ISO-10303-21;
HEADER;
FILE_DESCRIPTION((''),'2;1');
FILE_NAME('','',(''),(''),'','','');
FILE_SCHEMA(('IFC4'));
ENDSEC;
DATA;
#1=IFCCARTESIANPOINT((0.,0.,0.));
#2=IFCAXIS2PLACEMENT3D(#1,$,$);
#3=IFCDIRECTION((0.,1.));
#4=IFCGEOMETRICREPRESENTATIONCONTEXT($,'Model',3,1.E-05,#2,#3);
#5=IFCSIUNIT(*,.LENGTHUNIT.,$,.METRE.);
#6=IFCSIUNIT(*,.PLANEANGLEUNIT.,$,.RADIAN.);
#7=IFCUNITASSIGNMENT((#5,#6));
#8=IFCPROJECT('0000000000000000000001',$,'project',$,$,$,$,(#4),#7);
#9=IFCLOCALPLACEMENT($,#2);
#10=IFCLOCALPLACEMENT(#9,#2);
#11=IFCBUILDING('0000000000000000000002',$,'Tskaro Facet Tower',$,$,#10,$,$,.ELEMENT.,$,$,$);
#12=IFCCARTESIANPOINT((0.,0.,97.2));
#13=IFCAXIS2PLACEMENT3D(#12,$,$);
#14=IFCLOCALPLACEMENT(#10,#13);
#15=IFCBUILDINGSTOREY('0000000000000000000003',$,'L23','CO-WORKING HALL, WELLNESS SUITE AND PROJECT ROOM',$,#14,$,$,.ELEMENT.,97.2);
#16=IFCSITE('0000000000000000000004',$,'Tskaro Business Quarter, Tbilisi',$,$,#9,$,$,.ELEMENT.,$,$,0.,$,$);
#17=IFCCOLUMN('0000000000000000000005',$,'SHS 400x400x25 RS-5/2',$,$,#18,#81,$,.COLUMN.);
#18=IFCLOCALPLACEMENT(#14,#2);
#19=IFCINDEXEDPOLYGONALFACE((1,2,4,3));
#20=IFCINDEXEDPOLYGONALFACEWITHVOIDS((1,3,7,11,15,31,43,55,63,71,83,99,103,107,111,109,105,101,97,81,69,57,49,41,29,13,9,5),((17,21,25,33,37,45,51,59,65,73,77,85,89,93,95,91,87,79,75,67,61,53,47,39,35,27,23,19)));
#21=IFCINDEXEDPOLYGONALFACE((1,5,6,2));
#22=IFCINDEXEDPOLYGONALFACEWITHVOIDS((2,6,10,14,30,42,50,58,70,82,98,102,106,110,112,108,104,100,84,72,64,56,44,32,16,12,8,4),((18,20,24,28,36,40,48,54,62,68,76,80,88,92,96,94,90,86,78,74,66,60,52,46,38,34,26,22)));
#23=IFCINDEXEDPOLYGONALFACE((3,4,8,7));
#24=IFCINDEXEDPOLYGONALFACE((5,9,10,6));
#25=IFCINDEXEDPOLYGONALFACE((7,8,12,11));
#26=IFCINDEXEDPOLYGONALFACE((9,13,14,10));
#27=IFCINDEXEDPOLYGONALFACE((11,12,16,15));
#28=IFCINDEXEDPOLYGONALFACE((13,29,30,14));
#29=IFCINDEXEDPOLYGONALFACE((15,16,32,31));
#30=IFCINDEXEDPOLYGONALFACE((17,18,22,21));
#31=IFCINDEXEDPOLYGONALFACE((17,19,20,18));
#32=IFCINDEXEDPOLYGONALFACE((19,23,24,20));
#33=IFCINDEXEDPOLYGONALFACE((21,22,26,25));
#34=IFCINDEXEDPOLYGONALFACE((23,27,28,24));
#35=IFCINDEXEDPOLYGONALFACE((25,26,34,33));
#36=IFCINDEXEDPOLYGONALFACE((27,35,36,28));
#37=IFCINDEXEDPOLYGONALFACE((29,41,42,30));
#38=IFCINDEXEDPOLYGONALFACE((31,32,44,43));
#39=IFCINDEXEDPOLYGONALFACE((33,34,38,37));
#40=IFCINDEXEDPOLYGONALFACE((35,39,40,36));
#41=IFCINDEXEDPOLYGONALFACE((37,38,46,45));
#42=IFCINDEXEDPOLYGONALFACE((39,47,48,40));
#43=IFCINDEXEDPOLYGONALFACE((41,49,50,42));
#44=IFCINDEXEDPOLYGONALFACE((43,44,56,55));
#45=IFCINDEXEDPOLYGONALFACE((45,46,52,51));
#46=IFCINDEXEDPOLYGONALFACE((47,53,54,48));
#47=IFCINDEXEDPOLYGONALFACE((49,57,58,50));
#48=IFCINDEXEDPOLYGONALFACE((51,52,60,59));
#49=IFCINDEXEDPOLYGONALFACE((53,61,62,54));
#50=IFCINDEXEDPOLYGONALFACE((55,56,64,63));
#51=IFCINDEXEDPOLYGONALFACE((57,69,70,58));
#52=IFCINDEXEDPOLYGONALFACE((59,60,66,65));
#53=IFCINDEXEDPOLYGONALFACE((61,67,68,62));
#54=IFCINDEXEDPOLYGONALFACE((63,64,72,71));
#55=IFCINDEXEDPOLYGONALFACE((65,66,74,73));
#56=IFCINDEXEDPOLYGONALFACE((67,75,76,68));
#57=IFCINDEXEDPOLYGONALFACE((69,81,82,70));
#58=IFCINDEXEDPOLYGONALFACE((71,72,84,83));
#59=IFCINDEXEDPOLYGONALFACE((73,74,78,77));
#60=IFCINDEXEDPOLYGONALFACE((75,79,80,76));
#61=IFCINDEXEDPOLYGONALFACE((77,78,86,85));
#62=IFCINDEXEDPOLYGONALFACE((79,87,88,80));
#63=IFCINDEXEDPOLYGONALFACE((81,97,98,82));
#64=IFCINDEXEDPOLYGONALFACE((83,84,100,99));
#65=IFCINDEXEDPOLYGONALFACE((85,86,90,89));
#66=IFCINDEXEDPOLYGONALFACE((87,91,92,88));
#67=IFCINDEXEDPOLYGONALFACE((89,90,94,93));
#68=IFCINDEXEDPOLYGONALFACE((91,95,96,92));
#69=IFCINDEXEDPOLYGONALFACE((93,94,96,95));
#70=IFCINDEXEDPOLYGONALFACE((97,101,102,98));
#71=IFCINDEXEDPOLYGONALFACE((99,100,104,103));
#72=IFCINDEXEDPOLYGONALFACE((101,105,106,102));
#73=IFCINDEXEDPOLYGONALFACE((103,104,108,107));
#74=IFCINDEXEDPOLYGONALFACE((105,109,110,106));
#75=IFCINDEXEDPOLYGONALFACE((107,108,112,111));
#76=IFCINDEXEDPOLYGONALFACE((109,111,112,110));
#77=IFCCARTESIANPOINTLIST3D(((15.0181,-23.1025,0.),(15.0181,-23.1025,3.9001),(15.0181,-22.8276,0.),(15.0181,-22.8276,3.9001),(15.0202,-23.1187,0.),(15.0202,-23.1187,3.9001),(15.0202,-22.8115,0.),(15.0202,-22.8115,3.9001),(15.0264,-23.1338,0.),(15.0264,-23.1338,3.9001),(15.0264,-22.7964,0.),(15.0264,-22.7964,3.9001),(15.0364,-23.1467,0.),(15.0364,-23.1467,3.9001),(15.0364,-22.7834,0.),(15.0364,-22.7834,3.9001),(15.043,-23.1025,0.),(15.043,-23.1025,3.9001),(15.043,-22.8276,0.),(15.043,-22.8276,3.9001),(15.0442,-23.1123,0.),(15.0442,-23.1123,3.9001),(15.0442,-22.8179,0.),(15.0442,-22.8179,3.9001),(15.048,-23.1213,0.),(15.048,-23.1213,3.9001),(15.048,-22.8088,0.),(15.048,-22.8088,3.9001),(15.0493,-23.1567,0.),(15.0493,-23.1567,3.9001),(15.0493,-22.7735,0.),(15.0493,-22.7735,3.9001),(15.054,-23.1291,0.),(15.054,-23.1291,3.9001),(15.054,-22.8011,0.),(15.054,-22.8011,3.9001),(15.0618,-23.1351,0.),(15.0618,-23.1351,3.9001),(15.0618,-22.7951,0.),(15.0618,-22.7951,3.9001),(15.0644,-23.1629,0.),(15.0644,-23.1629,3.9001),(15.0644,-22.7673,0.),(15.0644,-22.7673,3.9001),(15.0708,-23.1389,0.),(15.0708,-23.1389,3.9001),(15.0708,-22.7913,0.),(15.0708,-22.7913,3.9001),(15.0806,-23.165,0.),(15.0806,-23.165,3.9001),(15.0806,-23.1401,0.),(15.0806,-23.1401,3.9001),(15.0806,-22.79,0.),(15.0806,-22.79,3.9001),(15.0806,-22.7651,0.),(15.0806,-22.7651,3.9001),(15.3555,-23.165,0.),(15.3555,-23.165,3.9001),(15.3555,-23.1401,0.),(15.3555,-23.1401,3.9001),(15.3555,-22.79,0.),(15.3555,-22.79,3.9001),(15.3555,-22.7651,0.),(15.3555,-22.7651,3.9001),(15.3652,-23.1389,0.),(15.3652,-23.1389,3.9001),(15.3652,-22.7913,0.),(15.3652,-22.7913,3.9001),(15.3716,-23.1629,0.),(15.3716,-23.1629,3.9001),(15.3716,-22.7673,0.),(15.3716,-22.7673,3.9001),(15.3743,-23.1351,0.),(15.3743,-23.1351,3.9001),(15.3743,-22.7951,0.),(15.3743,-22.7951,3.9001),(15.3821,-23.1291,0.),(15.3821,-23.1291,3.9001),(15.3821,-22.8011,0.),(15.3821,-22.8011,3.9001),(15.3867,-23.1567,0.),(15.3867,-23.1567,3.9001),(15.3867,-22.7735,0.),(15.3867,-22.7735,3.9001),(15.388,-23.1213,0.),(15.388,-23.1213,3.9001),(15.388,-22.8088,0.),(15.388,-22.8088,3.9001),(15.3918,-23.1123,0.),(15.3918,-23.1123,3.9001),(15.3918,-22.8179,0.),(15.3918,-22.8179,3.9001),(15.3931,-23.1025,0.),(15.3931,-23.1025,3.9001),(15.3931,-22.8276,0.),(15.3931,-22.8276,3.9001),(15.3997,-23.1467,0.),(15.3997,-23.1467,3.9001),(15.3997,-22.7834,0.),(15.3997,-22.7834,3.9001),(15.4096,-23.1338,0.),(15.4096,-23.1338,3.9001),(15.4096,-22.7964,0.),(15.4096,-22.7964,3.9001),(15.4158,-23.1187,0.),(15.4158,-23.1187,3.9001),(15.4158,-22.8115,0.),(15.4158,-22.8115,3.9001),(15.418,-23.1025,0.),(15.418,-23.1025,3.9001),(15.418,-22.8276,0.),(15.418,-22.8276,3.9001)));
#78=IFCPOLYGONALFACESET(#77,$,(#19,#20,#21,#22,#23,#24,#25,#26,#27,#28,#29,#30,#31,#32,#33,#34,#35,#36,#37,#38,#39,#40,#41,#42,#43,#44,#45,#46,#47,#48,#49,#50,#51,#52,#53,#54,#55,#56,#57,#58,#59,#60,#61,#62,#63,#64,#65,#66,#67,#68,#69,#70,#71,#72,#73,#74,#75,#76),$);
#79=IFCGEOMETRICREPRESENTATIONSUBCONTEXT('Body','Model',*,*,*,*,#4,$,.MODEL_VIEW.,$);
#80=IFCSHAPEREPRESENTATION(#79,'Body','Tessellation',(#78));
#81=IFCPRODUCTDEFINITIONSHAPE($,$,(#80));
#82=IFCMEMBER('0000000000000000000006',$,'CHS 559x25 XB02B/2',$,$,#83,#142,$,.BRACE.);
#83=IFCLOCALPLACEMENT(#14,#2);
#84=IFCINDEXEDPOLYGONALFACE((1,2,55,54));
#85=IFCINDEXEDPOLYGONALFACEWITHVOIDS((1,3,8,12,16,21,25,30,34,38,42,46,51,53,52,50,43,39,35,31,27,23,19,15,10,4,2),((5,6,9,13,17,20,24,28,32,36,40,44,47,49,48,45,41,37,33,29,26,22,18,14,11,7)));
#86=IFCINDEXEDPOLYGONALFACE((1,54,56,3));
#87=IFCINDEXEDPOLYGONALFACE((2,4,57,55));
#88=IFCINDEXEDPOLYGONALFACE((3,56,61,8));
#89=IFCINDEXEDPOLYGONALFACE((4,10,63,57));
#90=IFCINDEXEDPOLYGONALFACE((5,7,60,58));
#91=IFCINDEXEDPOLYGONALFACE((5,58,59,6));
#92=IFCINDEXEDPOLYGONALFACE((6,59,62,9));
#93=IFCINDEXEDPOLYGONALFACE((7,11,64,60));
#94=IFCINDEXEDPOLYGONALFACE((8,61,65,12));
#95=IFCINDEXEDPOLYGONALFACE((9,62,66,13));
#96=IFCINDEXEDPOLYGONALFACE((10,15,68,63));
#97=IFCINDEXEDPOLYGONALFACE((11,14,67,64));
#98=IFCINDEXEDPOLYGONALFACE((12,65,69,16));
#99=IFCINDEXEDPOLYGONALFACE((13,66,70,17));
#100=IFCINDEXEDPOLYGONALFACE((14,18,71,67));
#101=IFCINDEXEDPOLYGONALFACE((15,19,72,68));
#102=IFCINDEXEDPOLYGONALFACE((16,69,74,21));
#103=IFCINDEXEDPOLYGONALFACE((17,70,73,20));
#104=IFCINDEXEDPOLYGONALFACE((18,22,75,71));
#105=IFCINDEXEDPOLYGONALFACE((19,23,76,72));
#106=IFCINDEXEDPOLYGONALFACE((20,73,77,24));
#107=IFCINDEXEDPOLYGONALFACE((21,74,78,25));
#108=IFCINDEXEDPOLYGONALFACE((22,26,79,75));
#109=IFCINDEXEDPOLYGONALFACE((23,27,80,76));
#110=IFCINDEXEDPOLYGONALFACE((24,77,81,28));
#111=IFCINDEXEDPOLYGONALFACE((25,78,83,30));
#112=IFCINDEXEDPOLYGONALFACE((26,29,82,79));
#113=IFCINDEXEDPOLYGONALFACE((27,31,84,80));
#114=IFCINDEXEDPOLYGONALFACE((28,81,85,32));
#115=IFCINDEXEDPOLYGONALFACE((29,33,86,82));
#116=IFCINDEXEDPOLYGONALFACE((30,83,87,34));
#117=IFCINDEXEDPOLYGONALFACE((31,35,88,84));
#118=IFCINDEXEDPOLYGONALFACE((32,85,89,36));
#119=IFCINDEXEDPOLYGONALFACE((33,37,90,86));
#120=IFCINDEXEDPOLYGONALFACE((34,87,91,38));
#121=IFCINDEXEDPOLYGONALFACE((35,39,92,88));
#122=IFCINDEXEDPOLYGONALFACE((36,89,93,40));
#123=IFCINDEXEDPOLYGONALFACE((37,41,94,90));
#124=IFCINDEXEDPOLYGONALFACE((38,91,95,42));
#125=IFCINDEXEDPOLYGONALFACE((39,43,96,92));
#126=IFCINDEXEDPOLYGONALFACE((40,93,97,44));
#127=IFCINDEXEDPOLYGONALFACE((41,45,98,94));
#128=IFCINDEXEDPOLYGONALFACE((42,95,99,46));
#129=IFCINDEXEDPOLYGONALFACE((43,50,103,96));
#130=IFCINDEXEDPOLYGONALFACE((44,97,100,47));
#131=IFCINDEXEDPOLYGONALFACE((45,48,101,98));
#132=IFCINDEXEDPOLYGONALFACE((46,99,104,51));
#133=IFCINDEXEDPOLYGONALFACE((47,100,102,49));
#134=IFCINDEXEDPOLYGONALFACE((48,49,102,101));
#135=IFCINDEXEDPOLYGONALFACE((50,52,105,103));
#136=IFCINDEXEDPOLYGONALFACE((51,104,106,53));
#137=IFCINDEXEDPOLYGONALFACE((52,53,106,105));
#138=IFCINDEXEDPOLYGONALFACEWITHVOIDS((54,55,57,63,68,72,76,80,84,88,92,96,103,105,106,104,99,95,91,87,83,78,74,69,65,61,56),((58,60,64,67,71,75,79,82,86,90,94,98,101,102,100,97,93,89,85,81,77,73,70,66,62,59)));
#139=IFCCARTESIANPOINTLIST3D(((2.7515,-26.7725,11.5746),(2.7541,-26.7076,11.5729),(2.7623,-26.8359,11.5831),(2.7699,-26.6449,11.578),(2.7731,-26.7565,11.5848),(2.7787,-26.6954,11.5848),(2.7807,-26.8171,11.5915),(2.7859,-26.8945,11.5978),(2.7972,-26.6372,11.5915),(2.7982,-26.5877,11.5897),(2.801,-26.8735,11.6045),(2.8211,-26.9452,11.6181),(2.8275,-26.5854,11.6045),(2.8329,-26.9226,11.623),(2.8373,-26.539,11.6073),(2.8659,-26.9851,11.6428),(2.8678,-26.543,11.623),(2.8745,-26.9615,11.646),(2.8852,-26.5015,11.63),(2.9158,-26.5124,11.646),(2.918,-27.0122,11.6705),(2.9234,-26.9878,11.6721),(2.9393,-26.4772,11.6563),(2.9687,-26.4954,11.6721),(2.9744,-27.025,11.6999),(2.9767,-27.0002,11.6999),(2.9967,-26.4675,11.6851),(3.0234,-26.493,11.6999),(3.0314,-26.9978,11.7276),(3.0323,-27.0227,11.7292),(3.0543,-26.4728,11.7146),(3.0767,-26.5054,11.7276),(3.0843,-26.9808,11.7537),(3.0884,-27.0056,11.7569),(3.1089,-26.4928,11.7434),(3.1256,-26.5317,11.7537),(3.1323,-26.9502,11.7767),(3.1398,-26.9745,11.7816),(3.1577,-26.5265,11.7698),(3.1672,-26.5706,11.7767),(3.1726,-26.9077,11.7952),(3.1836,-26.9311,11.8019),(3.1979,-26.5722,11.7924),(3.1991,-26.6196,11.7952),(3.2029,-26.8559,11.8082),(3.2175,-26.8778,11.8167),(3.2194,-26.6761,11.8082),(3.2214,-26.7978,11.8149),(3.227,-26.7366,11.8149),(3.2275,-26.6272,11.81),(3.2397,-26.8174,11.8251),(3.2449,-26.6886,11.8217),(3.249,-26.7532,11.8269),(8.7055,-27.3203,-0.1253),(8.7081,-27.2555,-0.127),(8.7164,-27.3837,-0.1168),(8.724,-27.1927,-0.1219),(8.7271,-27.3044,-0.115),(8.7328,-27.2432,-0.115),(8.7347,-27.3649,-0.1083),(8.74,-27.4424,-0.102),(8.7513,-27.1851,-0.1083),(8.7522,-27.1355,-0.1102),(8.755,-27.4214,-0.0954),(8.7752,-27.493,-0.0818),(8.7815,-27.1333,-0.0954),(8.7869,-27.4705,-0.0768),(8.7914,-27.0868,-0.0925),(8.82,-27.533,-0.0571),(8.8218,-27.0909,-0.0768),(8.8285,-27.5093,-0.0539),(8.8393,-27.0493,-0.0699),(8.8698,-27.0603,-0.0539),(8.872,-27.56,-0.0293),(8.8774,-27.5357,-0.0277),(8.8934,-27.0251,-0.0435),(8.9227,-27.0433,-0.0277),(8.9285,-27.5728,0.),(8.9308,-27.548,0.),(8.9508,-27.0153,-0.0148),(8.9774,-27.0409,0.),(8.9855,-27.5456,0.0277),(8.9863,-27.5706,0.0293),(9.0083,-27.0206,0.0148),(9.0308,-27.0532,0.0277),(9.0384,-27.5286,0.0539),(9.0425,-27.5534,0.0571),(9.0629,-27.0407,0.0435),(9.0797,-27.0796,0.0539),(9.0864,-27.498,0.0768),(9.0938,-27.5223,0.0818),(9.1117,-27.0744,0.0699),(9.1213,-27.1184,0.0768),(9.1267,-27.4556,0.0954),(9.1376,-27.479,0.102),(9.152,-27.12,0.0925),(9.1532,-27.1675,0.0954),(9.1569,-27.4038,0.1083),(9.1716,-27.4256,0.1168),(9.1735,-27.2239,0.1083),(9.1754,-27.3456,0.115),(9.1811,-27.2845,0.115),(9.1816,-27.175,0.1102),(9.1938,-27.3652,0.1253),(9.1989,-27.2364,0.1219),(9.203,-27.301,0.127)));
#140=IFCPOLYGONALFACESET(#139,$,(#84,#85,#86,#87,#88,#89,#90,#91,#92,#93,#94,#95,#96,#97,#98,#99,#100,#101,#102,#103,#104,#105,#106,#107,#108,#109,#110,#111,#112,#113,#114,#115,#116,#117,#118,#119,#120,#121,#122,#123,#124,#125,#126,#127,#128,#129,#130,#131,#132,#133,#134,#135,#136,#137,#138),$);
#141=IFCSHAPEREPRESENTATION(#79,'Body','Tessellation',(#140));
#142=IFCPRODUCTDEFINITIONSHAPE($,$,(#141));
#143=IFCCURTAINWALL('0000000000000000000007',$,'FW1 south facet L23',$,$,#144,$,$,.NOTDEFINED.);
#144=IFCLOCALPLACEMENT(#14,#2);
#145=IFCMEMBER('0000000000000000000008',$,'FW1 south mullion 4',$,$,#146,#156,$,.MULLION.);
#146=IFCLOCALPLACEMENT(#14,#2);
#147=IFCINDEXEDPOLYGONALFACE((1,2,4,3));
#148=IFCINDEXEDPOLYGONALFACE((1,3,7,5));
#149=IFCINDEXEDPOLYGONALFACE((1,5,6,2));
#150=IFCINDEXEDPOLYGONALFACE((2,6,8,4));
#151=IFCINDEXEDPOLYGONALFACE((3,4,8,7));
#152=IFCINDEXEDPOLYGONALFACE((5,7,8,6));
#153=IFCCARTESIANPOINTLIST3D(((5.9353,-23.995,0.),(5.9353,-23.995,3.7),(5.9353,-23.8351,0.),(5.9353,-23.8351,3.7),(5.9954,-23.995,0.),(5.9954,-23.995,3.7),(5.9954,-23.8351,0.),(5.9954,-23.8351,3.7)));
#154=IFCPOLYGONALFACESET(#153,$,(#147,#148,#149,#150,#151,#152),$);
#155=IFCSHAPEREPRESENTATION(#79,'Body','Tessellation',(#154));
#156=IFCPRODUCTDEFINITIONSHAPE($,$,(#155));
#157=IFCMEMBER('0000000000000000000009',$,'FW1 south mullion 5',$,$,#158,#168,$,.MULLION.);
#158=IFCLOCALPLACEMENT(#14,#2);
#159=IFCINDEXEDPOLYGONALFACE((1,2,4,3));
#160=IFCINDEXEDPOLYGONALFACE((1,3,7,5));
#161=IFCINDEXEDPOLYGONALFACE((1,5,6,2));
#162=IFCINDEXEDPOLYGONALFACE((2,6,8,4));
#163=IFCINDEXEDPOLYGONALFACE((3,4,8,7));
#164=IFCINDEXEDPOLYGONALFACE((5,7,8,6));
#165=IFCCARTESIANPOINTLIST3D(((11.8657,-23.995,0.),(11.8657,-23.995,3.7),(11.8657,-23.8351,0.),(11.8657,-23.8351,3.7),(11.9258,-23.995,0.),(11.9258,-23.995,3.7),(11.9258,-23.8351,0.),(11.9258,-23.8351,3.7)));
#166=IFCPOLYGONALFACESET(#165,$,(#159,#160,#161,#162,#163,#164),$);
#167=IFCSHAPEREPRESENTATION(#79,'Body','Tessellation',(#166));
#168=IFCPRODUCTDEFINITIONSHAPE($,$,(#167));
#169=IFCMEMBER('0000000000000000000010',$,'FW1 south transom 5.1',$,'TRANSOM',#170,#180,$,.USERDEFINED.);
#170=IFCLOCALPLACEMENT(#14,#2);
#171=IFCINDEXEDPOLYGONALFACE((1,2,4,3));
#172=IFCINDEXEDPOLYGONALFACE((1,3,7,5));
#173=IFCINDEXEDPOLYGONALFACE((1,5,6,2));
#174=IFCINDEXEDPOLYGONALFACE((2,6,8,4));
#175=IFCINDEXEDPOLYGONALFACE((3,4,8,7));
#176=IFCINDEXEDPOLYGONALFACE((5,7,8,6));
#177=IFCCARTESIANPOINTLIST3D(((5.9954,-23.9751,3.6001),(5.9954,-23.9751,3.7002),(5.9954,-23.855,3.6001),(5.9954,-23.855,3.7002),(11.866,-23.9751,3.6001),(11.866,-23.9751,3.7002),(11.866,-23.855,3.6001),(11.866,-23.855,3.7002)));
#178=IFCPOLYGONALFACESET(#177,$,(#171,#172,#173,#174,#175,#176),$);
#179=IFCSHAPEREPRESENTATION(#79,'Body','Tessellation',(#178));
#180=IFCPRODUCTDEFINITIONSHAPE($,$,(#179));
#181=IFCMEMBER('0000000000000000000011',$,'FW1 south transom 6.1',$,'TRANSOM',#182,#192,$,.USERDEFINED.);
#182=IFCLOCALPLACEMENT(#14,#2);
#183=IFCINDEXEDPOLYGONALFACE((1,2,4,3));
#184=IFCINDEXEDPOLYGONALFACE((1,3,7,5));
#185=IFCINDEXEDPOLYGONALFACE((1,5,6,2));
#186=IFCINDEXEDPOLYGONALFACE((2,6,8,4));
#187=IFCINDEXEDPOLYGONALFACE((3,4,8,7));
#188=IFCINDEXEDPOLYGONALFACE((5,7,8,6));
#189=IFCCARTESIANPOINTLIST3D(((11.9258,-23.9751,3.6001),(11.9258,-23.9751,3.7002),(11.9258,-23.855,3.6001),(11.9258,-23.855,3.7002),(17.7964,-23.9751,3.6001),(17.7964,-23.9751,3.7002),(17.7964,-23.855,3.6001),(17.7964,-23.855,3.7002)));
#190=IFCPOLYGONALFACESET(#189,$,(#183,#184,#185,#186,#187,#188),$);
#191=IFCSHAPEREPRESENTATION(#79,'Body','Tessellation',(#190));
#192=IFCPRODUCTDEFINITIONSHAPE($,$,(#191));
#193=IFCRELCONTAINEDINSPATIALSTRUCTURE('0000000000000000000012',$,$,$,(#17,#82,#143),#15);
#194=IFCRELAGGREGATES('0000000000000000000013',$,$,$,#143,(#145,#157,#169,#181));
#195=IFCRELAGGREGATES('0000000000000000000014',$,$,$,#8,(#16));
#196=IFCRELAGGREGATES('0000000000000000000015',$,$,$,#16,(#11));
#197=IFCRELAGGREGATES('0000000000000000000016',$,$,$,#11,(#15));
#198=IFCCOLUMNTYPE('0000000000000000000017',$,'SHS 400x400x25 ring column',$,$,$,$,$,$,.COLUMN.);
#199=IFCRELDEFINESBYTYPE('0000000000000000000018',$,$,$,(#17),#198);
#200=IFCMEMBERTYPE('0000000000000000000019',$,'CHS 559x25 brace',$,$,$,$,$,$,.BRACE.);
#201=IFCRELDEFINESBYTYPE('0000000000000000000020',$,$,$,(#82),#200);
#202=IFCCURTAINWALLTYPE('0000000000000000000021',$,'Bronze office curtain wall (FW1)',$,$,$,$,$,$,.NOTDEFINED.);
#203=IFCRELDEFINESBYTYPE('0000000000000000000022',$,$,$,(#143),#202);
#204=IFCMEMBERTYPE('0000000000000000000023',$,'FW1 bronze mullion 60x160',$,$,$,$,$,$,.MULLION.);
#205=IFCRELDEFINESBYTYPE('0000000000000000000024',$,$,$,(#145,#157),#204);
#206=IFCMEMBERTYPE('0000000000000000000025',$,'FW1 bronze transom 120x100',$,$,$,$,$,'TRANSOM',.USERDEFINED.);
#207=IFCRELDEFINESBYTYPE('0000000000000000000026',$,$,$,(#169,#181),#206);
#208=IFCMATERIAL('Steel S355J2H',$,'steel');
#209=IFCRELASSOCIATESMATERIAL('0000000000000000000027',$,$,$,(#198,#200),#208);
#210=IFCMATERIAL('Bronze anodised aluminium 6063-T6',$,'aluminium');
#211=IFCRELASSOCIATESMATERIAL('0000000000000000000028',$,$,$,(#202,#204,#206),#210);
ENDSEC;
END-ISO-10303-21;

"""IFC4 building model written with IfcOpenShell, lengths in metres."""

from ifc_helpers import new_model, si_unit, direction, frame, origin, origin_2d, place, context, subcontext, project, spatial, rectangle, hollow_rectangle, hollow_circle, extrude, material, material_profile, profile_set, type_object, element, aggregate, save


model = new_model("IFC4")

# Units and contexts
model_context = context("Model", 3, precision=1e-05, world=origin(), true_north=direction((0.0, 1.0)))
body_context = subcontext(model_context, "Body", "Model", "MODEL_VIEW")
ifc_project = project(units=[si_unit("LENGTHUNIT", "METRE"), si_unit("PLANEANGLEUNIT", "RADIAN")], contexts=[model_context])

# Site, building, storey
site_placement = place(None, origin())
site = spatial("IfcSite", under=ifc_project, at=site_placement, Name="Tskaro Business Quarter, Tbilisi", CompositionType="ELEMENT", RefElevation=0.0)
building_placement = place(site_placement, origin())
building = spatial("IfcBuilding", under=site, at=building_placement, Name="Tskaro Facet Tower", CompositionType="ELEMENT")
storey_placement = place(building_placement, frame((0.0, 0.0, 97.2)))
storey = spatial("IfcBuildingStorey", under=building, at=storey_placement, Name="L23", Description="CO-WORKING HALL, WELLNESS SUITE AND PROJECT ROOM", CompositionType="ELEMENT", Elevation=97.2)

# Column
ifc_material_1 = material(Name="Steel S355J2H", Category="steel")
ifc_material_profile_1 = material_profile(ifc_material_1, hollow_rectangle(XDim=0.3999, YDim=0.3999, WallThickness=0.0249, InnerFilletRadius=0.0376, OuterFilletRadius=0.0625, at=origin_2d()), Name="SHS 400x400x25")
ifc_profile_set_1 = profile_set([ifc_material_profile_1], Name="Steel S355J2H")
column_type_1 = type_object("IfcColumnType", Name="SHS 400x400x25 ring column", PredefinedType="COLUMN", material=ifc_profile_set_1)
for number, where, z_axis, x_axis, name in (
    (1, (15.218, -22.9651, 0.0), (0.0, 0.0, 1.0), (1.0, 0.0, 0.0), "SHS 400x400x25 RS-5/2"),
):
    element("IfcColumn", number, at=place(storey_placement, frame(where, z_axis=z_axis, x_axis=x_axis)), inside=storey, type_object=column_type_1, Name=name, PredefinedType="COLUMN", context=body_context, shape_type="SweptSolid", body=[
        extrude(hollow_rectangle(XDim=0.3999, YDim=0.3999, WallThickness=0.0249, InnerFilletRadius=0.0376, OuterFilletRadius=0.0625, at=origin_2d()), origin(), (0.0, 0.0, 1.0), 3.9001),
    ])

# Member
ifc_material_profile_2 = material_profile(ifc_material_1, hollow_circle(Radius=0.2795, WallThickness=0.0249, at=origin_2d()), Name="CHS 559x25")
ifc_profile_set_2 = profile_set([ifc_material_profile_2], Name="Steel S355J2H")
member_type_1 = type_object("IfcMemberType", Name="CHS 559x25 brace", PredefinedType="BRACE", material=ifc_profile_set_2)
member_1_placement = place(storey_placement, frame((8.9541, -27.2944, 0.0), z_axis=(-0.453153, 0.041696, 0.890457), x_axis=(-0.091625, -0.995794, 0.0)))
element("IfcMember", 2, at=member_1_placement, inside=storey, type_object=member_type_1, Name="CHS 559x25 XB02B/2", PredefinedType="BRACE", context=body_context, shape_type="SweptSolid", body=[
    extrude(hollow_circle(Radius=0.2795, WallThickness=0.0249, at=origin_2d()), origin(), (0.0, 0.0, 1.0), 13.1392),
])

# Curtain wall, members
ifc_material_2 = material(Name="Bronze anodised aluminium 6063-T6", Category="aluminium")
curtain_wall_type = type_object("IfcCurtainWallType", Name="Bronze office curtain wall (FW1)", PredefinedType="NOTDEFINED", material=ifc_material_2)
curtain_wall_placement = place(storey_placement, origin())
curtain_wall = element("IfcCurtainWall", 3, at=curtain_wall_placement, inside=storey, type_object=curtain_wall_type, Name="FW1 south facet L23", PredefinedType="NOTDEFINED")
ifc_material_profile_3 = material_profile(ifc_material_2, rectangle(XDim=0.0601, YDim=0.1599, at=origin_2d()), Name="Mullion 60x160")
ifc_profile_set_3 = profile_set([ifc_material_profile_3], Name="Bronze anodised aluminium 6063-T6")
member_type_2 = type_object("IfcMemberType", Name="FW1 bronze mullion 60x160", PredefinedType="MULLION", material=ifc_profile_set_3)
member_2_placement = place(storey_placement, frame((5.9653, -23.915, 0.0), z_axis=(0.0, 0.0, 1.0), x_axis=(1.0, 0.0, 0.0)))
member_2 = element("IfcMember", 4, at=member_2_placement, type_object=member_type_2, Name="FW1 south mullion 4", PredefinedType="MULLION", context=body_context, shape_type="SweptSolid", body=[
    extrude(rectangle(XDim=0.0601, YDim=0.1599, at=origin_2d()), origin(), (0.0, 0.0, 1.0), 3.7),
])
member_3_placement = place(storey_placement, frame((11.8958, -23.915, 0.0), z_axis=(0.0, 0.0, 1.0), x_axis=(1.0, 0.0, 0.0)))
member_3 = element("IfcMember", 5, at=member_3_placement, type_object=member_type_2, Name="FW1 south mullion 5", PredefinedType="MULLION", context=body_context, shape_type="SweptSolid", body=[
    extrude(rectangle(XDim=0.0601, YDim=0.1599, at=origin_2d()), origin(), (0.0, 0.0, 1.0), 3.7),
])
ifc_material_profile_4 = material_profile(ifc_material_2, rectangle(XDim=0.1201, YDim=0.1001, at=origin_2d()), Name="Transom 120x100")
ifc_profile_set_4 = profile_set([ifc_material_profile_4], Name="Bronze anodised aluminium 6063-T6")
member_type_3 = type_object("IfcMemberType", Name="FW1 bronze transom 120x100", ElementType="TRANSOM", PredefinedType="USERDEFINED", material=ifc_profile_set_4)
member_4_placement = place(storey_placement, frame((5.9954, -23.915, 3.6501), z_axis=(1.0, 0.0, 0.0), x_axis=(0.0, 1.0, 0.0)))
member_4 = element("IfcMember", 6, at=member_4_placement, type_object=member_type_3, Name="FW1 south transom 5.1", ObjectType="TRANSOM", PredefinedType="USERDEFINED", context=body_context, shape_type="SweptSolid", body=[
    extrude(rectangle(XDim=0.1201, YDim=0.1001, at=origin_2d()), origin(), (0.0, 0.0, 1.0), 5.8706),
])
member_5_placement = place(storey_placement, frame((11.9258, -23.915, 3.6501), z_axis=(1.0, 0.0, 0.0), x_axis=(0.0, 1.0, 0.0)))
member_5 = element("IfcMember", 7, at=member_5_placement, type_object=member_type_3, Name="FW1 south transom 6.1", ObjectType="TRANSOM", PredefinedType="USERDEFINED", context=body_context, shape_type="SweptSolid", body=[
    extrude(rectangle(XDim=0.1201, YDim=0.1001, at=origin_2d()), origin(), (0.0, 0.0, 1.0), 5.8706),
])

aggregate(curtain_wall, [member_2, member_3, member_4, member_5])

save(model, "model.ifc")
